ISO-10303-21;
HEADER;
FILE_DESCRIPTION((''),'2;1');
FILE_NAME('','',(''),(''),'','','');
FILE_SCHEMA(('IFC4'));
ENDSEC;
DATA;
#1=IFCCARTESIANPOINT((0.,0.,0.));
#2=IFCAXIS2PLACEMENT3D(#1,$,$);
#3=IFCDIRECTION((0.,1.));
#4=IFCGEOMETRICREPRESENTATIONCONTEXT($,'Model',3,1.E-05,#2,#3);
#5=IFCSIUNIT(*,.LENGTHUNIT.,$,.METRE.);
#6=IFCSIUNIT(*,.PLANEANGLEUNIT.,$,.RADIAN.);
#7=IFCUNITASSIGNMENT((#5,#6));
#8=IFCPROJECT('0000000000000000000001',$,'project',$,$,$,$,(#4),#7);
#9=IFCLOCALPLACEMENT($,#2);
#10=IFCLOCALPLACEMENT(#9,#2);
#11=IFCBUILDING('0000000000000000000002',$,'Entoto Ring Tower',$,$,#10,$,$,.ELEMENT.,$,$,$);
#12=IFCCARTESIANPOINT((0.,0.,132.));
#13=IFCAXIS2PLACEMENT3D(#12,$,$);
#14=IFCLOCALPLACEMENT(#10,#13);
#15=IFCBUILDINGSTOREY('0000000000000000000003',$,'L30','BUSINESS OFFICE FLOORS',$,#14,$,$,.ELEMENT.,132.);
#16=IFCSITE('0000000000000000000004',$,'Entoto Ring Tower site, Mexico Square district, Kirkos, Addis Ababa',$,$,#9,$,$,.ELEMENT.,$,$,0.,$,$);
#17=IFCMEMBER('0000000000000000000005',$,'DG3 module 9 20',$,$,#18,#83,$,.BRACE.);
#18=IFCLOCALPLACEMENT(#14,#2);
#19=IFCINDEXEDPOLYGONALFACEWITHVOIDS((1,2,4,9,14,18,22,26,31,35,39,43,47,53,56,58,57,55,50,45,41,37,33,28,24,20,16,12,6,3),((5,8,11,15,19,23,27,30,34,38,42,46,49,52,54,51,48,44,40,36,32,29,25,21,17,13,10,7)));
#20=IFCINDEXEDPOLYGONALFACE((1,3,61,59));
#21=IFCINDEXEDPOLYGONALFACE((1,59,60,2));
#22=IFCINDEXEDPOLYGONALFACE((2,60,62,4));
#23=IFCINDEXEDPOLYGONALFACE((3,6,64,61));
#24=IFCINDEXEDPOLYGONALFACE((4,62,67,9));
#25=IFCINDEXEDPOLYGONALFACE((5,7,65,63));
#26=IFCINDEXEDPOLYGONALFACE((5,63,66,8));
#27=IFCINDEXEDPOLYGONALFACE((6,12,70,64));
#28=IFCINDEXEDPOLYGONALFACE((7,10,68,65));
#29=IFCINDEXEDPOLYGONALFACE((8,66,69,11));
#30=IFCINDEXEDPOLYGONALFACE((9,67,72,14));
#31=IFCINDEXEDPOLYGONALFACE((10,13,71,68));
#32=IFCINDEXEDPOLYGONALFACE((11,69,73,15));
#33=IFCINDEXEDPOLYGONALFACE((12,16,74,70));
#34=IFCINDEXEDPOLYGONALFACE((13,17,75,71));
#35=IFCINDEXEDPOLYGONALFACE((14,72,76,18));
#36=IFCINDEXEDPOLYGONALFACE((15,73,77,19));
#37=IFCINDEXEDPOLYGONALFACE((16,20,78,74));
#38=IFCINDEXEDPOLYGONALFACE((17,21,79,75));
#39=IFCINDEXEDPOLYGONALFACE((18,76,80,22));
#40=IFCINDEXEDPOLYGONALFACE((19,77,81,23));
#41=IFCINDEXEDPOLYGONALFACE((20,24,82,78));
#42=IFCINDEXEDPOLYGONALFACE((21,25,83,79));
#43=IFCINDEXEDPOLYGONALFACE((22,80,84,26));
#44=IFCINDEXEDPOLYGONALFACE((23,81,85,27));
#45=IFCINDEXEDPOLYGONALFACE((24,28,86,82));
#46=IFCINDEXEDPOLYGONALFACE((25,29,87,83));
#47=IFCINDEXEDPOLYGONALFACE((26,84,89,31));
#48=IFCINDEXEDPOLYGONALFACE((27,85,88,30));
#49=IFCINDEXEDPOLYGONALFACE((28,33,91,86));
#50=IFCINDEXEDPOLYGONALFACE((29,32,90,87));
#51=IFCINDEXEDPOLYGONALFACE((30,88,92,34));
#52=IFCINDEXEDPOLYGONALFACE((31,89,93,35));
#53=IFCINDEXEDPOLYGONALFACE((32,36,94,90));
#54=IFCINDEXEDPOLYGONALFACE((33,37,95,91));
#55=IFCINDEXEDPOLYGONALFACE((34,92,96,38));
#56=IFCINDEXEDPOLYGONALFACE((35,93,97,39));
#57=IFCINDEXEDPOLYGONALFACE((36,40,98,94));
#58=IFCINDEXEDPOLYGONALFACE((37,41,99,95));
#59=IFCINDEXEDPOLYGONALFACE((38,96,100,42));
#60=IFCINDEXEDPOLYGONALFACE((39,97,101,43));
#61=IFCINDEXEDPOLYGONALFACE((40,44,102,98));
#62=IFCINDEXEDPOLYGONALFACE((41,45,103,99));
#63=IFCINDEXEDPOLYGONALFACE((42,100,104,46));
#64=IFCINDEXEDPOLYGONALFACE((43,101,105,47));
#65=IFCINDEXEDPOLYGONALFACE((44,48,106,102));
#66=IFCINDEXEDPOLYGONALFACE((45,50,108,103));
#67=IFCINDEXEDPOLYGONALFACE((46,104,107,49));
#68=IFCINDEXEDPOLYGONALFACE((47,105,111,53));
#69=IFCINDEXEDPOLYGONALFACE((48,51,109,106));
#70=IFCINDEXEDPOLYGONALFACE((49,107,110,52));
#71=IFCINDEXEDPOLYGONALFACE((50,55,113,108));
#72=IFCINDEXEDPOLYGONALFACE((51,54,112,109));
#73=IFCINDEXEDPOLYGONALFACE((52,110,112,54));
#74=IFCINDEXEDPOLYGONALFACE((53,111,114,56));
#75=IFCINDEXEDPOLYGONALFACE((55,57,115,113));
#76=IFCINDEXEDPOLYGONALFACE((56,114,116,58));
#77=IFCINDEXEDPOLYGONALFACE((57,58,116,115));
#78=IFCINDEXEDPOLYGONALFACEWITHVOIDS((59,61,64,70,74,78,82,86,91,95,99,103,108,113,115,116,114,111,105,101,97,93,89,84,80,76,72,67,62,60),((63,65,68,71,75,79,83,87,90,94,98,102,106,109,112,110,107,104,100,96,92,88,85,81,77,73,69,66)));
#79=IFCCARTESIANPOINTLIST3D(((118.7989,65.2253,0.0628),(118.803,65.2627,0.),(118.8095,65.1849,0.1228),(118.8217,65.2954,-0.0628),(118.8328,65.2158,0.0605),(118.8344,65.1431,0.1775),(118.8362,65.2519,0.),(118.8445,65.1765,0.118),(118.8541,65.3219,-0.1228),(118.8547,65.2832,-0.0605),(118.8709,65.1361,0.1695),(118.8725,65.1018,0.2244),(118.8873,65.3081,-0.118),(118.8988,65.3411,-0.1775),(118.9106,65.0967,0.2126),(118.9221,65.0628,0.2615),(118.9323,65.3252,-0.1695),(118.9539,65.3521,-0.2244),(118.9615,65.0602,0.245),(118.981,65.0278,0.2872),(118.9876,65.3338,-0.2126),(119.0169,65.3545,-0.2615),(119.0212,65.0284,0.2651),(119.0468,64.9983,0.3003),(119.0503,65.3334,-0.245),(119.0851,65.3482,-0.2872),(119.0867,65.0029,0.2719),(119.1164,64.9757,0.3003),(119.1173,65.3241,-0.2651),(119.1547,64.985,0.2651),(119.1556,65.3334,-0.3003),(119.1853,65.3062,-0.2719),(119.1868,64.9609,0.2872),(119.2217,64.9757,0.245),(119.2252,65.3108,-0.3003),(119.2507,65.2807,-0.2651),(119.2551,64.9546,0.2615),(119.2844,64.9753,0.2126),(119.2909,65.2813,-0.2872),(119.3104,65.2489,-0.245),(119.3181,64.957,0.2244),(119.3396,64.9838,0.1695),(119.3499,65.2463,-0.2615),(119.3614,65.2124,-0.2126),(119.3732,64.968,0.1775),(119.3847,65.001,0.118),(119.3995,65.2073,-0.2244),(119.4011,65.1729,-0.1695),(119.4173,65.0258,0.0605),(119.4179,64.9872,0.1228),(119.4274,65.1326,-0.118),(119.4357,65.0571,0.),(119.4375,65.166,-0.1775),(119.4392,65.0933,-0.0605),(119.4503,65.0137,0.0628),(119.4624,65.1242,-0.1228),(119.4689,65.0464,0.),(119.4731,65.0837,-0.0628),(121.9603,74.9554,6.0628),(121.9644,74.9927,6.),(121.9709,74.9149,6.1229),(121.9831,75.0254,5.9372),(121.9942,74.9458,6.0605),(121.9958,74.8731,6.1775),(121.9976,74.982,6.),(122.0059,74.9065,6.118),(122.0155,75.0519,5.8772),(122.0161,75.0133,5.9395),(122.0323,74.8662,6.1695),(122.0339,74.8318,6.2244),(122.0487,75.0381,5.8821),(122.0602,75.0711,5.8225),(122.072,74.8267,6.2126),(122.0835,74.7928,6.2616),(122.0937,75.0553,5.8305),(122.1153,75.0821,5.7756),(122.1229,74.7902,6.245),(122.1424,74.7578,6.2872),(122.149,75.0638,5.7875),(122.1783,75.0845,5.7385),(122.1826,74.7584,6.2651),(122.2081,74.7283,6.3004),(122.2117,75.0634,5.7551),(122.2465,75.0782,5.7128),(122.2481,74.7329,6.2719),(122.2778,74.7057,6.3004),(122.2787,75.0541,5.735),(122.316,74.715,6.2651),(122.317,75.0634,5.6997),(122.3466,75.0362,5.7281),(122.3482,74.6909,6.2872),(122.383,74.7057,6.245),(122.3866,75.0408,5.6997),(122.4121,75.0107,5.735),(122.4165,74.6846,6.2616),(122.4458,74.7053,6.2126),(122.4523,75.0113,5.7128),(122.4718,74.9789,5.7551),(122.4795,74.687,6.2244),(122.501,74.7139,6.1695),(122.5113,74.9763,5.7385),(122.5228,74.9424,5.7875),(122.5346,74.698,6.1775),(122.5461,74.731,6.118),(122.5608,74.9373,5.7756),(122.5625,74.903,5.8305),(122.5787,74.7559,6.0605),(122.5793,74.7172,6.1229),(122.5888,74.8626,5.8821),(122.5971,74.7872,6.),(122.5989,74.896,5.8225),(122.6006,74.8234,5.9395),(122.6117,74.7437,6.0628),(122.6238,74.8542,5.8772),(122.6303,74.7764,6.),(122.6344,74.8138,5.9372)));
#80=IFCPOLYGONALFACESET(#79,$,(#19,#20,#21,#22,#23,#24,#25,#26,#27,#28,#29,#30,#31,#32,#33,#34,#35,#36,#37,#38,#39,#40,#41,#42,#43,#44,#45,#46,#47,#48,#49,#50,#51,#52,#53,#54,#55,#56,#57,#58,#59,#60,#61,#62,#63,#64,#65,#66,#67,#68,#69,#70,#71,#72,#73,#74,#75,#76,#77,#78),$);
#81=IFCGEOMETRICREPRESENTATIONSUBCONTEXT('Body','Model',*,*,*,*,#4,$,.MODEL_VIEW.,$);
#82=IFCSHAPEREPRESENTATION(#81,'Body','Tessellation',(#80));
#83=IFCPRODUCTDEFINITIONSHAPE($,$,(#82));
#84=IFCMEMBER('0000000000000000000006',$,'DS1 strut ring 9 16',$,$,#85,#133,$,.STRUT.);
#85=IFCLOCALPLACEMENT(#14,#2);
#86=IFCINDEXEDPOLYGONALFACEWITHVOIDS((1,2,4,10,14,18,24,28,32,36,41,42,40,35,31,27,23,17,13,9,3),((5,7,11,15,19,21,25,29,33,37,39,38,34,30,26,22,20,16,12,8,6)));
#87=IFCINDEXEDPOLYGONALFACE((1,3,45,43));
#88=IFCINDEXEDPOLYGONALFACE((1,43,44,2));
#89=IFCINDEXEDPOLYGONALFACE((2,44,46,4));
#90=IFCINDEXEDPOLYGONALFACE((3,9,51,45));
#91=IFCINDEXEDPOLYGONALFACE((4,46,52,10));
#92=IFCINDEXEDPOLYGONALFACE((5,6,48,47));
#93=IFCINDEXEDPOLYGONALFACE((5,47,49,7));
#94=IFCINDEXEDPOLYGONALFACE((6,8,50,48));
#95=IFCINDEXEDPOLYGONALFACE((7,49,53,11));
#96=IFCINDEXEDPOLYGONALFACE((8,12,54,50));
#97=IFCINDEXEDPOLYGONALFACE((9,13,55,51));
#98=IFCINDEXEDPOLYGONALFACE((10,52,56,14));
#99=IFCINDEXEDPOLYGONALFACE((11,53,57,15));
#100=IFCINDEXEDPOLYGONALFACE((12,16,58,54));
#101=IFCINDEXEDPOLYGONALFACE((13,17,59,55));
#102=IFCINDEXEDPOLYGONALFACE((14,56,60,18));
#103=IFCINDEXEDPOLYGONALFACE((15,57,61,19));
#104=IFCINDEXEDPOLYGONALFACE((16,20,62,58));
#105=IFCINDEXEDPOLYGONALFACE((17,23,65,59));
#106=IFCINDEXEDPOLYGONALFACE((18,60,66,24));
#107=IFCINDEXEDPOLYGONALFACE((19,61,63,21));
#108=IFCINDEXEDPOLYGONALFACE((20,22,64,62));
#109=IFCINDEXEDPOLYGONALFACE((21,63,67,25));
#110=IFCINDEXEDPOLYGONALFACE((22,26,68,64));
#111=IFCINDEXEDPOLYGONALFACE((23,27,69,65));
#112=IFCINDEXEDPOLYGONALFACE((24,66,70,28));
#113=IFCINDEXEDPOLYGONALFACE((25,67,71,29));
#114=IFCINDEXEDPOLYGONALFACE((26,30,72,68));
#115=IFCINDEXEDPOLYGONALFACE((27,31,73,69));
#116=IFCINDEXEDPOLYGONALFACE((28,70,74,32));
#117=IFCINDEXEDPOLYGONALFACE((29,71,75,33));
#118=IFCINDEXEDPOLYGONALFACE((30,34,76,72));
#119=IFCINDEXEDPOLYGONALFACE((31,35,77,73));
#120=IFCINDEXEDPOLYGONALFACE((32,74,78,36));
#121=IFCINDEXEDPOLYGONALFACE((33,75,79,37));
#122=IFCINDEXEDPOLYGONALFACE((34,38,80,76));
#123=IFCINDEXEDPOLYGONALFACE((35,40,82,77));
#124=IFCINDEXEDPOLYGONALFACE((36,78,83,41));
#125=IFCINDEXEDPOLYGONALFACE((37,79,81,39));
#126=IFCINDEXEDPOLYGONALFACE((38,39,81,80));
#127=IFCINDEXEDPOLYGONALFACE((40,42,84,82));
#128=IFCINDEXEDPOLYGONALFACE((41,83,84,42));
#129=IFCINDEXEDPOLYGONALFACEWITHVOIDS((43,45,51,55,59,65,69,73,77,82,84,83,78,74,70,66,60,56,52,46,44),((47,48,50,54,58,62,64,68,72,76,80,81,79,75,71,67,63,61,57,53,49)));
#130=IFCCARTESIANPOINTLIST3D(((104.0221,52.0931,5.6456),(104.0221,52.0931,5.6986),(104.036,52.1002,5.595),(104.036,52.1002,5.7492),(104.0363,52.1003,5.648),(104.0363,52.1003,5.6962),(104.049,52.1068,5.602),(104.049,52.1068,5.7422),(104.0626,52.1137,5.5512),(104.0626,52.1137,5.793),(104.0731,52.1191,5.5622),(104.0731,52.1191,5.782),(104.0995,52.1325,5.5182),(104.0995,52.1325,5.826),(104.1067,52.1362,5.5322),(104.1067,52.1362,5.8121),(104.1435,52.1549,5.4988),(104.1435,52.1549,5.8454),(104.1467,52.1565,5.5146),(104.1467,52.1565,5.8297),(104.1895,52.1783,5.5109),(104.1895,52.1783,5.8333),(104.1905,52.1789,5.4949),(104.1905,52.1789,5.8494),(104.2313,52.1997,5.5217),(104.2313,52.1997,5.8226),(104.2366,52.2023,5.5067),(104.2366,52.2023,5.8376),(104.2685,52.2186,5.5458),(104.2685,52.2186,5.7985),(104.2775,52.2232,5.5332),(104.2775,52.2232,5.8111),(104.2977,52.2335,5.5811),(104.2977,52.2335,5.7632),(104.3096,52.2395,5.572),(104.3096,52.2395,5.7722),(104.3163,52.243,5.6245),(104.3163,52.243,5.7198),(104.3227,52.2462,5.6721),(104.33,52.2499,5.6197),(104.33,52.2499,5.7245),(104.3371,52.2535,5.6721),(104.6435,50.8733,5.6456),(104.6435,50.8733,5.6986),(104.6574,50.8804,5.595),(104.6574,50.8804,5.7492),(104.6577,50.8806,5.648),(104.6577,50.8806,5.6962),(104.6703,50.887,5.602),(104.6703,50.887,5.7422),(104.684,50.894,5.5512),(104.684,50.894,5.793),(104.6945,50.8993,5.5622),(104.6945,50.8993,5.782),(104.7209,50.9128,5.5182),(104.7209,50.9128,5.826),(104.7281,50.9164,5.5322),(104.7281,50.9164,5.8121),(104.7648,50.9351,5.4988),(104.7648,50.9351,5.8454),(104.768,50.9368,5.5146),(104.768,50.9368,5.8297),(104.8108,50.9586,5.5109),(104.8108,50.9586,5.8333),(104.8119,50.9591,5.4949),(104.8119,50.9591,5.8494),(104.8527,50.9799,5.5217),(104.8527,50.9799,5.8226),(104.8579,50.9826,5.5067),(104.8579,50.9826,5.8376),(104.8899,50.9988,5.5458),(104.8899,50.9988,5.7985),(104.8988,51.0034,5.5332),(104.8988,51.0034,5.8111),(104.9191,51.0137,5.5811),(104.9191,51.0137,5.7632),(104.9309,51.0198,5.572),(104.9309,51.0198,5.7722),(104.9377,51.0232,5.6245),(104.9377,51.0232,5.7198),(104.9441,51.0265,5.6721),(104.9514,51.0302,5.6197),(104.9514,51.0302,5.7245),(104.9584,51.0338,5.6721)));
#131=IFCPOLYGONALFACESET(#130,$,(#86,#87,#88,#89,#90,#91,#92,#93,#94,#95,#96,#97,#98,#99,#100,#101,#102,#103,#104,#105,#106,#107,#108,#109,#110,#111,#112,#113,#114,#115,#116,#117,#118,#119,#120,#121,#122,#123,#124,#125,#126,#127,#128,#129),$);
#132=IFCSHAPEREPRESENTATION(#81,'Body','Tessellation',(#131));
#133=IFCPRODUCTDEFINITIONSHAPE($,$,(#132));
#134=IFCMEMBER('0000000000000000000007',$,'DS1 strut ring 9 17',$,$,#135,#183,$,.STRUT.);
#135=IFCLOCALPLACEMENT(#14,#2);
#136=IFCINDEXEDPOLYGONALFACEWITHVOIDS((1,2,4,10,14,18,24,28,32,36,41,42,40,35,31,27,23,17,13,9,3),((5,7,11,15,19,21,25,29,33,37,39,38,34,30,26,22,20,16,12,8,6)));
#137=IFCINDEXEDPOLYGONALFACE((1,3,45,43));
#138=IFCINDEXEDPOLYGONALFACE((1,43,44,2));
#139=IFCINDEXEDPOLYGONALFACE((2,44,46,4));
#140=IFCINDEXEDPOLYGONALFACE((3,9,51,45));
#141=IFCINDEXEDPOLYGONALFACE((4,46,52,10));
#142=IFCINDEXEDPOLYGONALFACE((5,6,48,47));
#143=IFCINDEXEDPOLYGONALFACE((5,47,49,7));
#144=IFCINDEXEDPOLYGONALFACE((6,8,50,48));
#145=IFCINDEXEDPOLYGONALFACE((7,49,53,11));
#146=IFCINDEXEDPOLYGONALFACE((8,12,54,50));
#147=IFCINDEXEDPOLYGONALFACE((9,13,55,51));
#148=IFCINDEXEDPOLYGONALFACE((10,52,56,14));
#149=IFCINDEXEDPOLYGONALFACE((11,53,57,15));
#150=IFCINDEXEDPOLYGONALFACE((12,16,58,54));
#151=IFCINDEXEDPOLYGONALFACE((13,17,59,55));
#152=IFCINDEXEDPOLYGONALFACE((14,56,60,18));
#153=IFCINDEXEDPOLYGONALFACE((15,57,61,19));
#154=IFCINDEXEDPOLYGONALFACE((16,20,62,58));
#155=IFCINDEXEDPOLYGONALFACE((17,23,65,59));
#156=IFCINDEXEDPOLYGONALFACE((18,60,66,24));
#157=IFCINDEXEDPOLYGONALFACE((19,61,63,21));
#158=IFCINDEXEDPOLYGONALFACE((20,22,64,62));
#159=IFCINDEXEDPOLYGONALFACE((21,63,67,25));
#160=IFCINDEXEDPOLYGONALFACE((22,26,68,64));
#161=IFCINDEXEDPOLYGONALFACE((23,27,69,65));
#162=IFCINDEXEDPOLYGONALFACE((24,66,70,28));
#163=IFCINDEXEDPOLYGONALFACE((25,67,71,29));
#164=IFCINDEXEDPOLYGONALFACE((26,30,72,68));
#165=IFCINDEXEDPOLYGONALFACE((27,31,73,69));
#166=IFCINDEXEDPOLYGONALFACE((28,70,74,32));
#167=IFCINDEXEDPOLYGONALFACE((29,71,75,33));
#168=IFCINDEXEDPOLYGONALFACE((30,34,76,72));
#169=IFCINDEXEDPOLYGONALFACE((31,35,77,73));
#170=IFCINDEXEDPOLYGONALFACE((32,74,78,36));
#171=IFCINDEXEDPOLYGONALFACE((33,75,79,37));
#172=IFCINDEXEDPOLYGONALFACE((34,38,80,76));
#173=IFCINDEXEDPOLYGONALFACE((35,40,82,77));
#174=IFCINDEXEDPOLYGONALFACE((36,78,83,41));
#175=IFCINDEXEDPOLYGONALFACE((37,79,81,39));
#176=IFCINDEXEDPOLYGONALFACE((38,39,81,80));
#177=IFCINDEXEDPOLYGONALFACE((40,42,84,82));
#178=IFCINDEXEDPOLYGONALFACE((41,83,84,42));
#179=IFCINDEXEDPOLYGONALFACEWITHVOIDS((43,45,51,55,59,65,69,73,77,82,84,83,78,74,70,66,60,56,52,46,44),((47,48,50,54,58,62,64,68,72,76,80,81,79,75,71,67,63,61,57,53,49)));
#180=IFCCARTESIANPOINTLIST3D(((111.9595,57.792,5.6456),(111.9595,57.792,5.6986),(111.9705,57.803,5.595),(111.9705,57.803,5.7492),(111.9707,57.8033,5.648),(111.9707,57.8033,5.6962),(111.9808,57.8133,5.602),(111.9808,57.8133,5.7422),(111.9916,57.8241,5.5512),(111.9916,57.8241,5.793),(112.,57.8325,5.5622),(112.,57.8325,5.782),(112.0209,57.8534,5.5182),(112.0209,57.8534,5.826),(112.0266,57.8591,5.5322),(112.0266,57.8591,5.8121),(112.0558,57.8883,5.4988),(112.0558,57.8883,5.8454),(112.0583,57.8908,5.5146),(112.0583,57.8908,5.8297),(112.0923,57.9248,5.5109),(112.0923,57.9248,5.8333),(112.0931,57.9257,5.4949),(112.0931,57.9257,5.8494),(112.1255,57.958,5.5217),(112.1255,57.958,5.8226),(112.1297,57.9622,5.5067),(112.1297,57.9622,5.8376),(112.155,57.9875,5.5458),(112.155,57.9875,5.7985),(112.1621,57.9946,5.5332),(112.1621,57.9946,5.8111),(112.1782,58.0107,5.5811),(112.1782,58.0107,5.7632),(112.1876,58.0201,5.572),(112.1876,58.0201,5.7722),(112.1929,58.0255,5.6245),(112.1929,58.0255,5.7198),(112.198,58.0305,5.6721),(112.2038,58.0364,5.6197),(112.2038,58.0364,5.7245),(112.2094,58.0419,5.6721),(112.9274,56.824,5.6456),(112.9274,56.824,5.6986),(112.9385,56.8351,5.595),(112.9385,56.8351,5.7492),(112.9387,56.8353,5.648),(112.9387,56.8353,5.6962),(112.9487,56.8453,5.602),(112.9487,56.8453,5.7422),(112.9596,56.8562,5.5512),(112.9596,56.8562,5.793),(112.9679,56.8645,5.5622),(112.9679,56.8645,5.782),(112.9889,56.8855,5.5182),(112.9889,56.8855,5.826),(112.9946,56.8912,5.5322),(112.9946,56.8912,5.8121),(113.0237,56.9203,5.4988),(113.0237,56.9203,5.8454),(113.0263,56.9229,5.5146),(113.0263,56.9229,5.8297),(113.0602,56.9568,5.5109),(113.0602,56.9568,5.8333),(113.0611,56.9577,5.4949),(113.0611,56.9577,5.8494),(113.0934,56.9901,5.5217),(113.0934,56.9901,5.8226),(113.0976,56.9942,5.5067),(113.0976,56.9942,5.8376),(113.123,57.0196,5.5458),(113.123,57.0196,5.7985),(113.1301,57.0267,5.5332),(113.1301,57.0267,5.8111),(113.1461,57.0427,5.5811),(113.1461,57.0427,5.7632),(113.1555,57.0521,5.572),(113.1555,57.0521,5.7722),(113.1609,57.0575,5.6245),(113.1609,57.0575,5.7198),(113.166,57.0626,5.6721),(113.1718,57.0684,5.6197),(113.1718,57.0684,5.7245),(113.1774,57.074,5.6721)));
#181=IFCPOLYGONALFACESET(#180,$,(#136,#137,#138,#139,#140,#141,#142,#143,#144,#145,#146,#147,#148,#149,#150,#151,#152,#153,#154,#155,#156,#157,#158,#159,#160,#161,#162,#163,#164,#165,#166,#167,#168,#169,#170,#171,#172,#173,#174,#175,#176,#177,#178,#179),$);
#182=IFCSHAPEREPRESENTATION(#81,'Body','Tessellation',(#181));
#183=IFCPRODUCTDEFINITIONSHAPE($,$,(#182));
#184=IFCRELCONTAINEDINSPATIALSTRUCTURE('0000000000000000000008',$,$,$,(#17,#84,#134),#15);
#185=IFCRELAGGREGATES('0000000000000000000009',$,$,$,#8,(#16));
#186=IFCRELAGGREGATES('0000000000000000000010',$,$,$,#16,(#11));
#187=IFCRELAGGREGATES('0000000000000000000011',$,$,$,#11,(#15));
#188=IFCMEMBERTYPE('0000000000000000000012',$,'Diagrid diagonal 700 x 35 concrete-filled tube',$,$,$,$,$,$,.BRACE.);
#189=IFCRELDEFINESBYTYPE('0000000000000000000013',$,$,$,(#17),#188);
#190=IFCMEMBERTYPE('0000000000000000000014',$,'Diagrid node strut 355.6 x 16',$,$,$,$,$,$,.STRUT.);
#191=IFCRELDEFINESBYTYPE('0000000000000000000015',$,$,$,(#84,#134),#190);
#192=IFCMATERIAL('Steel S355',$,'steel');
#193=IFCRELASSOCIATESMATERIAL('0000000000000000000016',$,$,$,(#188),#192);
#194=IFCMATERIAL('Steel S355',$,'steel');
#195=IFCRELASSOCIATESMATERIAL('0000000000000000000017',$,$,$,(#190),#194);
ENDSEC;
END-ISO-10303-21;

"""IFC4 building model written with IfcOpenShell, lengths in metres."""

from ifc_helpers import new_model, si_unit, direction, frame, origin, origin_2d, place, context, subcontext, project, spatial, circle, hollow_circle, extrude, material, material_profile, profile_set, type_object, element, save


model = new_model("IFC4")

# Units and contexts
model_context = context("Model", 3, precision=1e-05, world=origin(), true_north=direction((0.0, 1.0)))
body_context = subcontext(model_context, "Body", "Model", "MODEL_VIEW")
ifc_project = project(units=[si_unit("LENGTHUNIT", "METRE"), si_unit("PLANEANGLEUNIT", "RADIAN")], contexts=[model_context])

# Site, building, storey
site_placement = place(None, origin())
site = spatial("IfcSite", under=ifc_project, at=site_placement, Name="Entoto Ring Tower site, Mexico Square district, Kirkos, Addis Ababa", CompositionType="ELEMENT", RefElevation=0.0)
building_placement = place(site_placement, origin())
building = spatial("IfcBuilding", under=site, at=building_placement, Name="Entoto Ring Tower", CompositionType="ELEMENT")
storey_placement = place(building_placement, frame((0.0, 0.0, 132.0)))
storey = spatial("IfcBuildingStorey", under=building, at=storey_placement, Name="L30", Description="BUSINESS OFFICE FLOORS", CompositionType="ELEMENT", Elevation=132.0)

# Members
ifc_material_1 = material(Name="Steel S355", Category="steel")
ifc_material_profile_1 = material_profile(ifc_material_1, hollow_circle(Radius=0.3501, WallThickness=0.0349, at=origin_2d()), Name="CHS 700 x 35")
ifc_material_2 = material(Name="Concrete C60/75", Category="concrete")
ifc_material_profile_2 = material_profile(ifc_material_2, circle(Radius=0.3149, at=origin_2d()), Name="Concrete C60/75 infill")
ifc_profile_set_1 = profile_set([ifc_material_profile_1, ifc_material_profile_2], Name="Steel S355")
member_type_1 = type_object("IfcMemberType", Name="Diagrid diagonal 700 x 35 concrete-filled tube", PredefinedType="BRACE", material=ifc_profile_set_1)
for number, where, z_axis, x_axis, name in (
    (1, (119.136, 65.1545, 0.0), (0.266551, 0.820382, 0.505889), (-0.951059, 0.309009, 0.0), "DG3 module 9 20"),
):
    element("IfcMember", number, at=place(storey_placement, frame(where, z_axis=z_axis, x_axis=x_axis)), inside=storey, type_object=member_type_1, Name=name, PredefinedType="BRACE", context=body_context, shape_type="SweptSolid", body=[
        extrude(hollow_circle(Radius=0.3501, WallThickness=0.0349, at=origin_2d()), origin(), (0.0, 0.0, 1.0), 11.8604),
    ])
ifc_material_3 = material(Name="Steel S355", Category="steel")
ifc_material_profile_3 = material_profile(ifc_material_3, hollow_circle(Radius=0.1777, WallThickness=0.0161, at=origin_2d()), Name="CHS 355.6 x 16")
ifc_material_4 = material(Name="Concrete C60/75", Category="concrete")
ifc_material_profile_4 = material_profile(ifc_material_4, circle(Radius=0.1619, at=origin_2d()), Name="Concrete C60/75 infill")
ifc_profile_set_2 = profile_set([ifc_material_profile_3, ifc_material_profile_4], Name="Steel S355")
member_type_2 = type_object("IfcMemberType", Name="Diagrid node strut 355.6 x 16", PredefinedType="STRUT", material=ifc_profile_set_2)
for number, where, z_axis, x_axis, name in (
    (2, (104.1787, 52.1729, 5.6721), (0.453907, -0.891049, 0.0), (0.891049, 0.453907, 0.0), "DS1 strut ring 9 16"),
    (3, (112.0837, 57.9163, 5.6721), (0.707107, -0.707107, 0.0), (0.707107, 0.707107, 0.0), "DS1 strut ring 9 17"),
):
    element("IfcMember", number, at=place(storey_placement, frame(where, z_axis=z_axis, x_axis=x_axis)), inside=storey, type_object=member_type_2, Name=name, PredefinedType="STRUT", context=body_context, shape_type="SweptSolid", body=[
        extrude(hollow_circle(Radius=0.1777, WallThickness=0.0161, at=origin_2d()), origin(), (0.0, 0.0, 1.0), 1.3689),
    ])

save(model, "model.ifc")
